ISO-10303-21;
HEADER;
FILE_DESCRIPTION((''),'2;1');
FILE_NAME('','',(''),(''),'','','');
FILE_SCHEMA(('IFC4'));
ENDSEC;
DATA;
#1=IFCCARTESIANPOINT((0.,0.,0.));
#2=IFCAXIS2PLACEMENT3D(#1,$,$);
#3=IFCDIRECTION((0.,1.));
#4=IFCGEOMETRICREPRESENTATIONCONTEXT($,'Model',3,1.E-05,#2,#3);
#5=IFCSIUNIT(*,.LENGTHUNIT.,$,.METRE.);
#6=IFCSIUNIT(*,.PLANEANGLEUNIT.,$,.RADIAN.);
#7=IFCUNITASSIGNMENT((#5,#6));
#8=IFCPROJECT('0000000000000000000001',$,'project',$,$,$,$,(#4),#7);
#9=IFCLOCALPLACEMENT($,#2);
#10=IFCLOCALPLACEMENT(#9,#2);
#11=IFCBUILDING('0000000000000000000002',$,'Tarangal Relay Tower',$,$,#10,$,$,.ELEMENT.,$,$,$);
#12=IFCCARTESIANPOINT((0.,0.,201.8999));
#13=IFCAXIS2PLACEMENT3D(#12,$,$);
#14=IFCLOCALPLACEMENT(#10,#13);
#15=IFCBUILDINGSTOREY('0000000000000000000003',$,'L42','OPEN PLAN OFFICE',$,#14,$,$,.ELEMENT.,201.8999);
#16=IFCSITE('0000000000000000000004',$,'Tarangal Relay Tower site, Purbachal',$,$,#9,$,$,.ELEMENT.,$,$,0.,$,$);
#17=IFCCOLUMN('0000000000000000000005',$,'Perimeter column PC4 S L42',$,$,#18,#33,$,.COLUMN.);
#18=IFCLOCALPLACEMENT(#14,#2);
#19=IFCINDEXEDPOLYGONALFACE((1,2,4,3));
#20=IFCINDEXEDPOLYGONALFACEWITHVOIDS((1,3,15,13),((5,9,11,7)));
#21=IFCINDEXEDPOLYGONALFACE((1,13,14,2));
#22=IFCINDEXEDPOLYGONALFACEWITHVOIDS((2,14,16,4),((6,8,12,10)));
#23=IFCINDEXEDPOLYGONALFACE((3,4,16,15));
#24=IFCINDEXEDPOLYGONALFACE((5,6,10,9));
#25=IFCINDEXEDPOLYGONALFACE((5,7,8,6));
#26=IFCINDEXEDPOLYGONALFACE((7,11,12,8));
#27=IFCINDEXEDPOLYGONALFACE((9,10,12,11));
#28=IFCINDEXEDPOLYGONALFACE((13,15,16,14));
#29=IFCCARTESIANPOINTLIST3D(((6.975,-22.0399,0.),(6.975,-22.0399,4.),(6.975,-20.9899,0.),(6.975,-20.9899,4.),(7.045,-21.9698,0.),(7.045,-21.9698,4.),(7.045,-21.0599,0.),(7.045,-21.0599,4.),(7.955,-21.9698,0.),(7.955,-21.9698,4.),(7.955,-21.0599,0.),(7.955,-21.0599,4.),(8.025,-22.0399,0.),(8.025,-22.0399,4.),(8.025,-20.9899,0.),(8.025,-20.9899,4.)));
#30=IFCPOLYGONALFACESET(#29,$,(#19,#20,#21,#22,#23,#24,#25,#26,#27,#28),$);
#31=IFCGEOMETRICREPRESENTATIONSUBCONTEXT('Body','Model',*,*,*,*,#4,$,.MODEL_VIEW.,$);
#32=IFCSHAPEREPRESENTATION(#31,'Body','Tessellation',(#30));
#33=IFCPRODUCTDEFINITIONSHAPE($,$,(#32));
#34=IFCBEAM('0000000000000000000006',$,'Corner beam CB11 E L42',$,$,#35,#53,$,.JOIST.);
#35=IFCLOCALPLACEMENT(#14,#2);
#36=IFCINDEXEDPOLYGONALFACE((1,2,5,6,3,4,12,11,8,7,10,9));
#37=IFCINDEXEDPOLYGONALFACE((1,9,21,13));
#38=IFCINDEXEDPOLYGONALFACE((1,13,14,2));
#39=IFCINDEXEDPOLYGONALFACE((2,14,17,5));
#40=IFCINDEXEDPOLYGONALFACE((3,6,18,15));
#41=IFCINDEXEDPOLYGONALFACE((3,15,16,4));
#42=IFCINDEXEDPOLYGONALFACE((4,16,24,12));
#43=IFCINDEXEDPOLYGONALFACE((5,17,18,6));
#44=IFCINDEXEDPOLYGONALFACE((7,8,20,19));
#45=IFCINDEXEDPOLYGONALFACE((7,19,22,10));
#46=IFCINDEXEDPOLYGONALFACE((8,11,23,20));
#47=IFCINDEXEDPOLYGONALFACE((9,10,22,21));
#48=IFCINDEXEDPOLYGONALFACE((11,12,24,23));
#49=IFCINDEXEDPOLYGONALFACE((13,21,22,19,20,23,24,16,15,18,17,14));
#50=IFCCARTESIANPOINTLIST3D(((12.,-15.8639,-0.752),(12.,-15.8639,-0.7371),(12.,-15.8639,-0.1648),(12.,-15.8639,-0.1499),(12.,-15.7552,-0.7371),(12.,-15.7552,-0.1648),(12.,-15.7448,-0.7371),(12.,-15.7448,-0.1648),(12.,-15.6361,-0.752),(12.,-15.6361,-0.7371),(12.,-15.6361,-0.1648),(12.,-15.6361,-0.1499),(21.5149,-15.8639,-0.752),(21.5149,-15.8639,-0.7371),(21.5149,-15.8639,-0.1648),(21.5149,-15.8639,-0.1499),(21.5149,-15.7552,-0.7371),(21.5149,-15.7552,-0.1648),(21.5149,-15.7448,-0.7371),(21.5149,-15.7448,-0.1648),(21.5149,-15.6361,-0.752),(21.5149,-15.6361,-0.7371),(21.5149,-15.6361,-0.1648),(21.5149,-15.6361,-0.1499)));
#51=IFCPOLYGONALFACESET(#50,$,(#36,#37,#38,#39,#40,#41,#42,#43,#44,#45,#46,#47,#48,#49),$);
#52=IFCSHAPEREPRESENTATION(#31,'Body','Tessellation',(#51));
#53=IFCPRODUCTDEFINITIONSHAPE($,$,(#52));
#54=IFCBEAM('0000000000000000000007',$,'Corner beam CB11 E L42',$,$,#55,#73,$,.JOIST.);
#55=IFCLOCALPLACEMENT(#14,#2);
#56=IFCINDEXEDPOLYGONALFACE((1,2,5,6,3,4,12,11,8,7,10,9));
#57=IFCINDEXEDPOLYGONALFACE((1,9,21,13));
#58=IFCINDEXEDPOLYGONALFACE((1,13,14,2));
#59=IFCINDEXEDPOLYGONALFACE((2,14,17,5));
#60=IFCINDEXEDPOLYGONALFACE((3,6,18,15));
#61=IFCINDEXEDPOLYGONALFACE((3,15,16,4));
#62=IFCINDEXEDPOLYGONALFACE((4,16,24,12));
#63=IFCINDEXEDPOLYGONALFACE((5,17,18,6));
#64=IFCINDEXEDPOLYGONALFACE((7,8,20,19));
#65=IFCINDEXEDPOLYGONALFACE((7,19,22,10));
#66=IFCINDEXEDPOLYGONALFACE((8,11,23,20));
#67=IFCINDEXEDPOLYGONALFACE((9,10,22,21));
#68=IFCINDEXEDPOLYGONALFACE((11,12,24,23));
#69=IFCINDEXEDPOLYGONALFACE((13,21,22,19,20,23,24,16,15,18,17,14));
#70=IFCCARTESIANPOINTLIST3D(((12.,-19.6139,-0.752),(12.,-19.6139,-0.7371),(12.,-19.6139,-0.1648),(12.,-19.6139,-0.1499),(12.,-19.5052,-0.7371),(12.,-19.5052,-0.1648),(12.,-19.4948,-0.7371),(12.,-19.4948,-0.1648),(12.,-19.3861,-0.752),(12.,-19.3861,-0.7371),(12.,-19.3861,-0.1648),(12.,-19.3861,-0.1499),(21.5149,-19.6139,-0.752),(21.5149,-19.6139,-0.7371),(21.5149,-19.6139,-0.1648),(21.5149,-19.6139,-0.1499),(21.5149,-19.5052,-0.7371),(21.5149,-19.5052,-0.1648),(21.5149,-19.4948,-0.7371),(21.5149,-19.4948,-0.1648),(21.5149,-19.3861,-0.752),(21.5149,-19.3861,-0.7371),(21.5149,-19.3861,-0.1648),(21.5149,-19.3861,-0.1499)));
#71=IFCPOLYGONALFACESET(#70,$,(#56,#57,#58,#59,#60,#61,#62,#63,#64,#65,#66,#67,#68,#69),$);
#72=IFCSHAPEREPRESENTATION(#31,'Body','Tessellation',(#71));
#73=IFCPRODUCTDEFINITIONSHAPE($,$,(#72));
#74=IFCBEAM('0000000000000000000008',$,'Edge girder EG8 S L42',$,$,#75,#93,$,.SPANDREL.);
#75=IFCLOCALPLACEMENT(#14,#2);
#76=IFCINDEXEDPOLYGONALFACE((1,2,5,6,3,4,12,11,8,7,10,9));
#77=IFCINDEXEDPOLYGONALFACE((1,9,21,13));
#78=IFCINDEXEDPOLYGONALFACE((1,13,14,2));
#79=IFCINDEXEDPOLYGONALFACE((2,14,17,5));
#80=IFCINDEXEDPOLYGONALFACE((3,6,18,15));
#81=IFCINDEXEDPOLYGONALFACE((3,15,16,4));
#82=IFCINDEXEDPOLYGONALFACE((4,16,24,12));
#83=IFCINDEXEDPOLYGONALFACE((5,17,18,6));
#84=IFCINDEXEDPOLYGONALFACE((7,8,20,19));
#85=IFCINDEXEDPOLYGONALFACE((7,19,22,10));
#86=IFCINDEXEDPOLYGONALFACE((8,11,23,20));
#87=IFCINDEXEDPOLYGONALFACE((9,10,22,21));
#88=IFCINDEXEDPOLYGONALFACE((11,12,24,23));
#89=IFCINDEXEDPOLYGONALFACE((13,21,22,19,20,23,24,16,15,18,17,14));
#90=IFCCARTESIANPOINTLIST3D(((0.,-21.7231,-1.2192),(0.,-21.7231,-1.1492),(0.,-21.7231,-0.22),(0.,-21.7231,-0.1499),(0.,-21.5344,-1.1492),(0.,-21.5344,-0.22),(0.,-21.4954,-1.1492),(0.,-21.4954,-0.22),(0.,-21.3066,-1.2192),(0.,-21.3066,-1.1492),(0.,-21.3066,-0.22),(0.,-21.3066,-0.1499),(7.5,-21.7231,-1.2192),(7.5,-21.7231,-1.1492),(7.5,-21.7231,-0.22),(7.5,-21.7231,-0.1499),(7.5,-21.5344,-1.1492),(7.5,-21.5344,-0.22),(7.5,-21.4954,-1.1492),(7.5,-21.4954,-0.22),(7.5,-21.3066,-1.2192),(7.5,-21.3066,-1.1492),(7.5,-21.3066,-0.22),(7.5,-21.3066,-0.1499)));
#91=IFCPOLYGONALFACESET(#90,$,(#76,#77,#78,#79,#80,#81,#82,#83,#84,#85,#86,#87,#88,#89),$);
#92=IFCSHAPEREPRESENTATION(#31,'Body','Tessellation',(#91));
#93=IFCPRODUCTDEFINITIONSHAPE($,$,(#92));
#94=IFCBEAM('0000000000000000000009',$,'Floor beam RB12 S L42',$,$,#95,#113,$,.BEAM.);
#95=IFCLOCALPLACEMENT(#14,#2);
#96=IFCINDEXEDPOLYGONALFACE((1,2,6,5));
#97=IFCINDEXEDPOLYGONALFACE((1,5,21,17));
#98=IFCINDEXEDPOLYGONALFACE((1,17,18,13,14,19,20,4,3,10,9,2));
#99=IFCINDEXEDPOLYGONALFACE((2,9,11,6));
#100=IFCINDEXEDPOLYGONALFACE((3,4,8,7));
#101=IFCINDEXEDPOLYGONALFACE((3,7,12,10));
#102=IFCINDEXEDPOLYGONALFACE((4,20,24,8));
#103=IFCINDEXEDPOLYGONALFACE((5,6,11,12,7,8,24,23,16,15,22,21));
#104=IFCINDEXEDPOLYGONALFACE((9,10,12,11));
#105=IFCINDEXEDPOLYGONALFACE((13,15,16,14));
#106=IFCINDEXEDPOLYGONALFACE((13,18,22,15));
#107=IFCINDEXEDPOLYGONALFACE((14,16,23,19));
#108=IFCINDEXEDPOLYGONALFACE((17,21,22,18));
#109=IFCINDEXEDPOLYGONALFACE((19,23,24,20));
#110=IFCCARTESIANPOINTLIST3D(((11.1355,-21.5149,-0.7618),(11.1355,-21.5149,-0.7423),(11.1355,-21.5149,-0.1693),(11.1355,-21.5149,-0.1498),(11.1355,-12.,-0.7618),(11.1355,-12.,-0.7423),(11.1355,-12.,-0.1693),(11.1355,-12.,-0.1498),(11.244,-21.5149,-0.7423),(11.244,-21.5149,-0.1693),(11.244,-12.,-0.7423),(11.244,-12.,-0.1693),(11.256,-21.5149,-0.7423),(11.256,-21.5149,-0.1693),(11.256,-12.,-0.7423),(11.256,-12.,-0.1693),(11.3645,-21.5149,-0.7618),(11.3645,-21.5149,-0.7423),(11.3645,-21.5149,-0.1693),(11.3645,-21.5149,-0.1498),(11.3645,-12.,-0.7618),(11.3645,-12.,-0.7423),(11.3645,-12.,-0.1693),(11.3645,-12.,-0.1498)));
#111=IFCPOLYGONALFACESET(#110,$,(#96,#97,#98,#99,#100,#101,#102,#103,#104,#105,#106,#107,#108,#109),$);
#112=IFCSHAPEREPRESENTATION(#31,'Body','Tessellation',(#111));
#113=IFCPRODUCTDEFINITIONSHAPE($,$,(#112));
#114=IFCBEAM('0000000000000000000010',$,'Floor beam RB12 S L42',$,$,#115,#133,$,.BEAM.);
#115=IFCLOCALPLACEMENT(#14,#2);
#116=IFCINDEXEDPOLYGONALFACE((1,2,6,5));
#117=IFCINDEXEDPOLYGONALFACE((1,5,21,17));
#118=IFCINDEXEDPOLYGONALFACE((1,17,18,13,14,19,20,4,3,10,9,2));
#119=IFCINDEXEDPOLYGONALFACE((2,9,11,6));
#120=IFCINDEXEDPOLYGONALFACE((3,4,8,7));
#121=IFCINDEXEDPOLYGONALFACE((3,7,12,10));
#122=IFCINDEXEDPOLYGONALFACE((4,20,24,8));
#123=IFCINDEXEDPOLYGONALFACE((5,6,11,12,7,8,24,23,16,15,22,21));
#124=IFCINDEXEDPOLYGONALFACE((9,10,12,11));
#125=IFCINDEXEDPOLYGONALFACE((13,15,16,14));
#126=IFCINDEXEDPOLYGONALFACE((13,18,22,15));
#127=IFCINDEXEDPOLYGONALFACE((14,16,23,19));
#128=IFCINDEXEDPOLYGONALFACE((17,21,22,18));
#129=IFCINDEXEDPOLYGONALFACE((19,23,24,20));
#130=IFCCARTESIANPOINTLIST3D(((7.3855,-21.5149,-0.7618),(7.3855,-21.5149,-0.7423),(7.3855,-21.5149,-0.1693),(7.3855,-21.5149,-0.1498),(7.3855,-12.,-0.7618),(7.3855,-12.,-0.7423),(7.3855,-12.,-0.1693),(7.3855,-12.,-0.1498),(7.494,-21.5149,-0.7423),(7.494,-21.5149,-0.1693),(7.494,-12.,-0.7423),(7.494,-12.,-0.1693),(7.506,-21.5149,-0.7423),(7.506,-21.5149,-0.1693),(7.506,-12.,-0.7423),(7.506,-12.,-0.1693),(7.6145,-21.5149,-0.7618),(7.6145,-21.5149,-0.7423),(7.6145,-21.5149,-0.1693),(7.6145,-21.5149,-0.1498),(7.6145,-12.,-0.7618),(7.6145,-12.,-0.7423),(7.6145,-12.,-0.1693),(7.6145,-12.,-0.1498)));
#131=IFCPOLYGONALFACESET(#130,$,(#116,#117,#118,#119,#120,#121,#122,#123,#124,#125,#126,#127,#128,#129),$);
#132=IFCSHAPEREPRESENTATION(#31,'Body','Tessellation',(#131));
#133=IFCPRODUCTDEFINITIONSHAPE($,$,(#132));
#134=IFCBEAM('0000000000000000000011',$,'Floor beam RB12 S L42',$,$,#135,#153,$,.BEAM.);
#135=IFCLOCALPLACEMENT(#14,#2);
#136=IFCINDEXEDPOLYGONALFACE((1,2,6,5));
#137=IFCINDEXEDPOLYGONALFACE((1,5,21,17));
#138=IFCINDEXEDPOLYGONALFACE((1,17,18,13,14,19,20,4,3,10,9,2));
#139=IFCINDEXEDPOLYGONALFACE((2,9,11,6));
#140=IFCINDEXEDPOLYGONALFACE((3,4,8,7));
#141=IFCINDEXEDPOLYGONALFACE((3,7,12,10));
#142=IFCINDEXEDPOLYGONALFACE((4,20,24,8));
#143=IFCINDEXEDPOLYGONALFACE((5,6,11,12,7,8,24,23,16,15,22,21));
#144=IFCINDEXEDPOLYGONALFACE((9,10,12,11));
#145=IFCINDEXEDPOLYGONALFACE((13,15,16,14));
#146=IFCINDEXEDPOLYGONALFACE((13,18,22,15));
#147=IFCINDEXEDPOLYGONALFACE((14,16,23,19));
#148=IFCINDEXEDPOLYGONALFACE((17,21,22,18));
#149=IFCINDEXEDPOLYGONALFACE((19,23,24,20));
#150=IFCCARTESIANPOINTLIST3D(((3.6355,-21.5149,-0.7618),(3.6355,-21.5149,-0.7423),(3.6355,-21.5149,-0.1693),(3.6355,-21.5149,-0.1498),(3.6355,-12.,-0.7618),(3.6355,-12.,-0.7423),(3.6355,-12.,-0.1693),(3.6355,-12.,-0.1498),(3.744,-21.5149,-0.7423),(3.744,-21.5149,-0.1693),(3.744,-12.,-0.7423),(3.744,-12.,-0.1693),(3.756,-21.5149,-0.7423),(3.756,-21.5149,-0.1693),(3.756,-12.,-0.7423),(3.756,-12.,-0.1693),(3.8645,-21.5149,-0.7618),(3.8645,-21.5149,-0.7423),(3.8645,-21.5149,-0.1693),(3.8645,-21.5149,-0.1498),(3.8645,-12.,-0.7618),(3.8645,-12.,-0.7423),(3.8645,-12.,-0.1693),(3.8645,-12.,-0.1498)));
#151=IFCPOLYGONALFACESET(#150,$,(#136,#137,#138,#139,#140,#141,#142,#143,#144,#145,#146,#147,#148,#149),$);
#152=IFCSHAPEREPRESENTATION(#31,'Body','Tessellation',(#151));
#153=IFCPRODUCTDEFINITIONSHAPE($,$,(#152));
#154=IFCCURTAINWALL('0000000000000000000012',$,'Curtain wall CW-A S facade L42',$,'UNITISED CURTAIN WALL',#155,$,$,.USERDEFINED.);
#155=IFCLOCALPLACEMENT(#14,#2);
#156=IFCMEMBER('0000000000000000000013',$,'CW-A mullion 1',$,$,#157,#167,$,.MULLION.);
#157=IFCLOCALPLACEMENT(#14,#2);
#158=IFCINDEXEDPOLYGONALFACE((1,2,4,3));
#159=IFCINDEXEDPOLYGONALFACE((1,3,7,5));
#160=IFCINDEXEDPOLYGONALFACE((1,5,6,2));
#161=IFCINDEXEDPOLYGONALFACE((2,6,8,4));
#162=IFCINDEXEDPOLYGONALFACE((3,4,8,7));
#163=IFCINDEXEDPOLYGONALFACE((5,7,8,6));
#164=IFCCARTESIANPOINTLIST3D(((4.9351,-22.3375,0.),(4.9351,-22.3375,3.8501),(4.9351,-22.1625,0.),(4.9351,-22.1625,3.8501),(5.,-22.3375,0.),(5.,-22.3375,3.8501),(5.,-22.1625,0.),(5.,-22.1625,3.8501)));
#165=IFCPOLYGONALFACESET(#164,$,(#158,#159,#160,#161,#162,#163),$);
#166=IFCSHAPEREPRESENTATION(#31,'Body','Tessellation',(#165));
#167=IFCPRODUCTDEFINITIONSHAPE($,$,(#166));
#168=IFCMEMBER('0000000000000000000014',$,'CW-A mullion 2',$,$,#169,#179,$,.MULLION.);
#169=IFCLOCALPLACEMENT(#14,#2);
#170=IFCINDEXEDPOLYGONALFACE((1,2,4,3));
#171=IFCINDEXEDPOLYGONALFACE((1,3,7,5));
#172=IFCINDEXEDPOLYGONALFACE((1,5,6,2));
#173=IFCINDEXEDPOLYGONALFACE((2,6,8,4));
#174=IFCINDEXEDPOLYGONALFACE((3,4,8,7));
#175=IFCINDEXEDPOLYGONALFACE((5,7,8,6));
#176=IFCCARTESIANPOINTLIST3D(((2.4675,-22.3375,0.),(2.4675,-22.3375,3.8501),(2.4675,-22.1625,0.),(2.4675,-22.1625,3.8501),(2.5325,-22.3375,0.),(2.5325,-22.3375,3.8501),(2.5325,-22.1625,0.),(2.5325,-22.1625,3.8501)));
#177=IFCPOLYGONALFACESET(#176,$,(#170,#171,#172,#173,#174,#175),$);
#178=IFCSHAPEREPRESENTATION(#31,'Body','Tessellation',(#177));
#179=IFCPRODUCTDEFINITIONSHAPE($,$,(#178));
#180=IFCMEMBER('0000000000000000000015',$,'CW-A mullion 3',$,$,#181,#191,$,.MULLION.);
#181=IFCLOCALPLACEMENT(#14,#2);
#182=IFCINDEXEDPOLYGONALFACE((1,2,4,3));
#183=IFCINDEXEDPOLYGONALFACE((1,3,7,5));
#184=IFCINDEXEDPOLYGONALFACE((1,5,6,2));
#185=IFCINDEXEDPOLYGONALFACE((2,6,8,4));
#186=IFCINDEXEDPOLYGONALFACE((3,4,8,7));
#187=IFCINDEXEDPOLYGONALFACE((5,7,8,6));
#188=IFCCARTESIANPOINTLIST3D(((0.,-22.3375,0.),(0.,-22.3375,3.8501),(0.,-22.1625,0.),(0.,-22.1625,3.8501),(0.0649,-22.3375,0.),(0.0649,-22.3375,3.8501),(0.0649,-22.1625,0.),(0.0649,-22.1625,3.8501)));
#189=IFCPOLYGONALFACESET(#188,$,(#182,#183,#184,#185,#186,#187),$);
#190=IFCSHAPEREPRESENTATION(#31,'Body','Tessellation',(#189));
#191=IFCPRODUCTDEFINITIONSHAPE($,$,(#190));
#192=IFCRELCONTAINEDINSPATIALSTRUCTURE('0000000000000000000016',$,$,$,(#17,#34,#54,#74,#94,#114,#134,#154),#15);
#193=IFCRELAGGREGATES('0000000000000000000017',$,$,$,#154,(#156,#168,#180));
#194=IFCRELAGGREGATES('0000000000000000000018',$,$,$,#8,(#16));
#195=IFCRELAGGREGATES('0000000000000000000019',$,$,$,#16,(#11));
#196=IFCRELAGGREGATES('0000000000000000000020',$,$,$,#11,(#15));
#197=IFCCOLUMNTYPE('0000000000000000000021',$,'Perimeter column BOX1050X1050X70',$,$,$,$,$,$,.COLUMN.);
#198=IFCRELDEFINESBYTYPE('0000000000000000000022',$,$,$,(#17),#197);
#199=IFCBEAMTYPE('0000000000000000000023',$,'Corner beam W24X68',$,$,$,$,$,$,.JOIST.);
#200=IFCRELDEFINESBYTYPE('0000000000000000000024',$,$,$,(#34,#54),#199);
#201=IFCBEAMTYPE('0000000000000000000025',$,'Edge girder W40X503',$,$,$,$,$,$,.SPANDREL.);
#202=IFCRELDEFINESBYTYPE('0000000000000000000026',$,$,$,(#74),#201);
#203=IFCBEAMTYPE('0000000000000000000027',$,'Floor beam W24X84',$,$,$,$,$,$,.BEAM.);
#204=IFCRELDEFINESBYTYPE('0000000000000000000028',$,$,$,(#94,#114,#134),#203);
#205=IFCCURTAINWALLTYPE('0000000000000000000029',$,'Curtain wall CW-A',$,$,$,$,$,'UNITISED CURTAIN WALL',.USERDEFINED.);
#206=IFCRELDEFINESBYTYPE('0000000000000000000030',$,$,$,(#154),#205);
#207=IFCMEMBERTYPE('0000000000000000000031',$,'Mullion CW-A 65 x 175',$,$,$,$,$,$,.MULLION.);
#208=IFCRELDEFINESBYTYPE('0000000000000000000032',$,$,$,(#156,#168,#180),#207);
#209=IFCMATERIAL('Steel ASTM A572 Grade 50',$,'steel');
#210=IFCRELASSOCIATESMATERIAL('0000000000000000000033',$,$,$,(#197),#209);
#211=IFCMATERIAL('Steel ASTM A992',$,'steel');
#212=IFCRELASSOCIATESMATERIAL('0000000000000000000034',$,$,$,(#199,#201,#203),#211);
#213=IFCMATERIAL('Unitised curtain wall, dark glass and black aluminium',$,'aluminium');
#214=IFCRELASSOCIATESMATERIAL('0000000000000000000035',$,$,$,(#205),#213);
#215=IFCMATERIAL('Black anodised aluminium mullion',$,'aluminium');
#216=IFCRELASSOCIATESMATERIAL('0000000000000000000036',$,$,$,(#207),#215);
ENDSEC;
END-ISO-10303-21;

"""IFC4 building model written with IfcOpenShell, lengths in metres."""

from ifc_helpers import new_model, si_unit, direction, frame, origin, origin_2d, place, context, subcontext, project, spatial, rectangle, hollow_rectangle, i_section, extrude, material, material_profile, profile_set, type_object, element, aggregate, save


model = new_model("IFC4")

# Units and contexts
model_context = context("Model", 3, precision=1e-05, world=origin(), true_north=direction((0.0, 1.0)))
body_context = subcontext(model_context, "Body", "Model", "MODEL_VIEW")
ifc_project = project(units=[si_unit("LENGTHUNIT", "METRE"), si_unit("PLANEANGLEUNIT", "RADIAN")], contexts=[model_context])

# Site, building, storey
site_placement = place(None, origin())
site = spatial("IfcSite", under=ifc_project, at=site_placement, Name="Tarangal Relay Tower site, Purbachal", CompositionType="ELEMENT", RefElevation=0.0)
building_placement = place(site_placement, origin())
building = spatial("IfcBuilding", under=site, at=building_placement, Name="Tarangal Relay Tower", CompositionType="ELEMENT")
storey_placement = place(building_placement, frame((0.0, 0.0, 201.8999)))
storey = spatial("IfcBuildingStorey", under=building, at=storey_placement, Name="L42", Description="OPEN PLAN OFFICE", CompositionType="ELEMENT", Elevation=201.8999)

# Column
ifc_material_1 = material(Name="Steel ASTM A572 Grade 50", Category="steel")
ifc_material_profile_1 = material_profile(ifc_material_1, hollow_rectangle(XDim=1.05, YDim=1.05, WallThickness=0.0701, at=origin_2d()), Name="BOX1050X1050X70")
ifc_profile_set_1 = profile_set([ifc_material_profile_1], Name="Steel ASTM A572 Grade 50")
column_type = type_object("IfcColumnType", Name="Perimeter column BOX1050X1050X70", PredefinedType="COLUMN", material=ifc_profile_set_1)
column_placement = place(storey_placement, frame((7.5, -21.5149, 0.0), z_axis=(0.0, 0.0, 1.0), x_axis=(1.0, 0.0, 0.0)))
element("IfcColumn", 1, at=column_placement, inside=storey, type_object=column_type, Name="Perimeter column PC4 S L42", PredefinedType="COLUMN", context=body_context, shape_type="SweptSolid", body=[
    extrude(hollow_rectangle(XDim=1.05, YDim=1.05, WallThickness=0.0701, at=origin_2d()), origin(), (0.0, 0.0, 1.0), 4.0),
])

# Beams
ifc_material_2 = material(Name="Steel ASTM A992", Category="steel")
ifc_material_profile_2 = material_profile(ifc_material_2, i_section(OverallWidth=0.2278, OverallDepth=0.6021, WebThickness=0.0105, FlangeThickness=0.0149, at=origin_2d()), Name="W24X68")
ifc_profile_set_2 = profile_set([ifc_material_profile_2], Name="Steel ASTM A992")
beam_type_1 = type_object("IfcBeamType", Name="Corner beam W24X68", PredefinedType="JOIST", material=ifc_profile_set_2)
for number, where, z_axis, x_axis, name in (
    (2, (12.0, -15.75, -0.4509), (1.0, 0.0, 0.0), (0.0, 1.0, 0.0), "Corner beam CB11 E L42"),
    (3, (12.0, -19.5, -0.4509), (1.0, 0.0, 0.0), (0.0, 1.0, 0.0), "Corner beam CB11 E L42"),
):
    element("IfcBeam", number, at=place(storey_placement, frame(where, z_axis=z_axis, x_axis=x_axis)), inside=storey, type_object=beam_type_1, Name=name, PredefinedType="JOIST", context=body_context, shape_type="SweptSolid", body=[
        extrude(i_section(OverallWidth=0.2278, OverallDepth=0.6021, WebThickness=0.0105, FlangeThickness=0.0149, at=origin_2d()), origin(), (0.0, 0.0, 1.0), 9.5149),
    ])
ifc_material_profile_3 = material_profile(ifc_material_2, i_section(OverallWidth=0.4165, OverallDepth=1.0693, WebThickness=0.0391, FlangeThickness=0.0701, at=origin_2d()), Name="W40X503")
ifc_profile_set_3 = profile_set([ifc_material_profile_3], Name="Steel ASTM A992")
beam_type_2 = type_object("IfcBeamType", Name="Edge girder W40X503", PredefinedType="SPANDREL", material=ifc_profile_set_3)
beam_placement = place(storey_placement, frame((7.5, -21.5149, -0.6846), z_axis=(-1.0, 0.0, 0.0), x_axis=(0.0, -1.0, 0.0)))
element("IfcBeam", 4, at=beam_placement, inside=storey, type_object=beam_type_2, Name="Edge girder EG8 S L42", PredefinedType="SPANDREL", context=body_context, shape_type="SweptSolid", body=[
    extrude(i_section(OverallWidth=0.4165, OverallDepth=1.0693, WebThickness=0.0391, FlangeThickness=0.0701, at=origin_2d()), origin(), (0.0, 0.0, 1.0), 7.5),
])
ifc_material_profile_4 = material_profile(ifc_material_2, i_section(OverallWidth=0.229, OverallDepth=0.6121, WebThickness=0.012, FlangeThickness=0.0195, at=origin_2d()), Name="W24X84")
ifc_profile_set_4 = profile_set([ifc_material_profile_4], Name="Steel ASTM A992")
beam_type_3 = type_object("IfcBeamType", Name="Floor beam W24X84", PredefinedType="BEAM", material=ifc_profile_set_4)
for number, where, z_axis, x_axis, name in (
    (5, (11.25, -12.0, -0.4558), (0.0, -1.0, 0.0), (1.0, 0.0, 0.0), "Floor beam RB12 S L42"),
    (6, (7.5, -12.0, -0.4558), (0.0, -1.0, 0.0), (1.0, 0.0, 0.0), "Floor beam RB12 S L42"),
    (7, (3.75, -12.0, -0.4558), (0.0, -1.0, 0.0), (1.0, 0.0, 0.0), "Floor beam RB12 S L42"),
):
    element("IfcBeam", number, at=place(storey_placement, frame(where, z_axis=z_axis, x_axis=x_axis)), inside=storey, type_object=beam_type_3, Name=name, PredefinedType="BEAM", context=body_context, shape_type="SweptSolid", body=[
        extrude(i_section(OverallWidth=0.229, OverallDepth=0.6121, WebThickness=0.012, FlangeThickness=0.0195, at=origin_2d()), origin(), (0.0, 0.0, 1.0), 9.5149),
    ])

# Curtain wall, members
ifc_material_3 = material(Name="Unitised curtain wall, dark glass and black aluminium", Category="aluminium")
curtain_wall_type_1 = type_object("IfcCurtainWallType", Name="Curtain wall CW-A", ElementType="UNITISED CURTAIN WALL", PredefinedType="USERDEFINED", material=ifc_material_3)
curtain_wall_1_placement = place(storey_placement, origin())
curtain_wall_1 = element("IfcCurtainWall", 8, at=curtain_wall_1_placement, inside=storey, type_object=curtain_wall_type_1, Name="Curtain wall CW-A S facade L42", ObjectType="UNITISED CURTAIN WALL", PredefinedType="USERDEFINED")
ifc_material_4 = material(Name="Black anodised aluminium mullion", Category="aluminium")
ifc_material_profile_5 = material_profile(ifc_material_4, rectangle(XDim=0.175, YDim=0.0649, at=origin_2d()), Name="CW-AM 65X175")
ifc_profile_set_5 = profile_set([ifc_material_profile_5], Name="Black anodised aluminium mullion")
member_type_1 = type_object("IfcMemberType", Name="Mullion CW-A 65 x 175", PredefinedType="MULLION", material=ifc_profile_set_5)
member_1_placement = place(storey_placement, frame((4.9675, -22.25, 0.0), z_axis=(0.0, 0.0, 1.0), x_axis=(0.0, -1.0, 0.0)))
member_1 = element("IfcMember", 9, at=member_1_placement, type_object=member_type_1, Name="CW-A mullion 1", PredefinedType="MULLION", context=body_context, shape_type="SweptSolid", body=[
    extrude(rectangle(XDim=0.175, YDim=0.0649, at=origin_2d()), origin(), (0.0, 0.0, 1.0), 3.8501),
])
member_2_placement = place(storey_placement, frame((2.5, -22.25, 0.0), z_axis=(0.0, 0.0, 1.0), x_axis=(0.0, -1.0, 0.0)))
member_2 = element("IfcMember", 10, at=member_2_placement, type_object=member_type_1, Name="CW-A mullion 2", PredefinedType="MULLION", context=body_context, shape_type="SweptSolid", body=[
    extrude(rectangle(XDim=0.175, YDim=0.0649, at=origin_2d()), origin(), (0.0, 0.0, 1.0), 3.8501),
])
member_3_placement = place(storey_placement, frame((0.0325, -22.25, 0.0), z_axis=(0.0, 0.0, 1.0), x_axis=(0.0, -1.0, 0.0)))
member_3 = element("IfcMember", 11, at=member_3_placement, type_object=member_type_1, Name="CW-A mullion 3", PredefinedType="MULLION", context=body_context, shape_type="SweptSolid", body=[
    extrude(rectangle(XDim=0.175, YDim=0.0649, at=origin_2d()), origin(), (0.0, 0.0, 1.0), 3.8501),
])

aggregate(curtain_wall_1, [member_1, member_2, member_3])

save(model, "model.ifc")
